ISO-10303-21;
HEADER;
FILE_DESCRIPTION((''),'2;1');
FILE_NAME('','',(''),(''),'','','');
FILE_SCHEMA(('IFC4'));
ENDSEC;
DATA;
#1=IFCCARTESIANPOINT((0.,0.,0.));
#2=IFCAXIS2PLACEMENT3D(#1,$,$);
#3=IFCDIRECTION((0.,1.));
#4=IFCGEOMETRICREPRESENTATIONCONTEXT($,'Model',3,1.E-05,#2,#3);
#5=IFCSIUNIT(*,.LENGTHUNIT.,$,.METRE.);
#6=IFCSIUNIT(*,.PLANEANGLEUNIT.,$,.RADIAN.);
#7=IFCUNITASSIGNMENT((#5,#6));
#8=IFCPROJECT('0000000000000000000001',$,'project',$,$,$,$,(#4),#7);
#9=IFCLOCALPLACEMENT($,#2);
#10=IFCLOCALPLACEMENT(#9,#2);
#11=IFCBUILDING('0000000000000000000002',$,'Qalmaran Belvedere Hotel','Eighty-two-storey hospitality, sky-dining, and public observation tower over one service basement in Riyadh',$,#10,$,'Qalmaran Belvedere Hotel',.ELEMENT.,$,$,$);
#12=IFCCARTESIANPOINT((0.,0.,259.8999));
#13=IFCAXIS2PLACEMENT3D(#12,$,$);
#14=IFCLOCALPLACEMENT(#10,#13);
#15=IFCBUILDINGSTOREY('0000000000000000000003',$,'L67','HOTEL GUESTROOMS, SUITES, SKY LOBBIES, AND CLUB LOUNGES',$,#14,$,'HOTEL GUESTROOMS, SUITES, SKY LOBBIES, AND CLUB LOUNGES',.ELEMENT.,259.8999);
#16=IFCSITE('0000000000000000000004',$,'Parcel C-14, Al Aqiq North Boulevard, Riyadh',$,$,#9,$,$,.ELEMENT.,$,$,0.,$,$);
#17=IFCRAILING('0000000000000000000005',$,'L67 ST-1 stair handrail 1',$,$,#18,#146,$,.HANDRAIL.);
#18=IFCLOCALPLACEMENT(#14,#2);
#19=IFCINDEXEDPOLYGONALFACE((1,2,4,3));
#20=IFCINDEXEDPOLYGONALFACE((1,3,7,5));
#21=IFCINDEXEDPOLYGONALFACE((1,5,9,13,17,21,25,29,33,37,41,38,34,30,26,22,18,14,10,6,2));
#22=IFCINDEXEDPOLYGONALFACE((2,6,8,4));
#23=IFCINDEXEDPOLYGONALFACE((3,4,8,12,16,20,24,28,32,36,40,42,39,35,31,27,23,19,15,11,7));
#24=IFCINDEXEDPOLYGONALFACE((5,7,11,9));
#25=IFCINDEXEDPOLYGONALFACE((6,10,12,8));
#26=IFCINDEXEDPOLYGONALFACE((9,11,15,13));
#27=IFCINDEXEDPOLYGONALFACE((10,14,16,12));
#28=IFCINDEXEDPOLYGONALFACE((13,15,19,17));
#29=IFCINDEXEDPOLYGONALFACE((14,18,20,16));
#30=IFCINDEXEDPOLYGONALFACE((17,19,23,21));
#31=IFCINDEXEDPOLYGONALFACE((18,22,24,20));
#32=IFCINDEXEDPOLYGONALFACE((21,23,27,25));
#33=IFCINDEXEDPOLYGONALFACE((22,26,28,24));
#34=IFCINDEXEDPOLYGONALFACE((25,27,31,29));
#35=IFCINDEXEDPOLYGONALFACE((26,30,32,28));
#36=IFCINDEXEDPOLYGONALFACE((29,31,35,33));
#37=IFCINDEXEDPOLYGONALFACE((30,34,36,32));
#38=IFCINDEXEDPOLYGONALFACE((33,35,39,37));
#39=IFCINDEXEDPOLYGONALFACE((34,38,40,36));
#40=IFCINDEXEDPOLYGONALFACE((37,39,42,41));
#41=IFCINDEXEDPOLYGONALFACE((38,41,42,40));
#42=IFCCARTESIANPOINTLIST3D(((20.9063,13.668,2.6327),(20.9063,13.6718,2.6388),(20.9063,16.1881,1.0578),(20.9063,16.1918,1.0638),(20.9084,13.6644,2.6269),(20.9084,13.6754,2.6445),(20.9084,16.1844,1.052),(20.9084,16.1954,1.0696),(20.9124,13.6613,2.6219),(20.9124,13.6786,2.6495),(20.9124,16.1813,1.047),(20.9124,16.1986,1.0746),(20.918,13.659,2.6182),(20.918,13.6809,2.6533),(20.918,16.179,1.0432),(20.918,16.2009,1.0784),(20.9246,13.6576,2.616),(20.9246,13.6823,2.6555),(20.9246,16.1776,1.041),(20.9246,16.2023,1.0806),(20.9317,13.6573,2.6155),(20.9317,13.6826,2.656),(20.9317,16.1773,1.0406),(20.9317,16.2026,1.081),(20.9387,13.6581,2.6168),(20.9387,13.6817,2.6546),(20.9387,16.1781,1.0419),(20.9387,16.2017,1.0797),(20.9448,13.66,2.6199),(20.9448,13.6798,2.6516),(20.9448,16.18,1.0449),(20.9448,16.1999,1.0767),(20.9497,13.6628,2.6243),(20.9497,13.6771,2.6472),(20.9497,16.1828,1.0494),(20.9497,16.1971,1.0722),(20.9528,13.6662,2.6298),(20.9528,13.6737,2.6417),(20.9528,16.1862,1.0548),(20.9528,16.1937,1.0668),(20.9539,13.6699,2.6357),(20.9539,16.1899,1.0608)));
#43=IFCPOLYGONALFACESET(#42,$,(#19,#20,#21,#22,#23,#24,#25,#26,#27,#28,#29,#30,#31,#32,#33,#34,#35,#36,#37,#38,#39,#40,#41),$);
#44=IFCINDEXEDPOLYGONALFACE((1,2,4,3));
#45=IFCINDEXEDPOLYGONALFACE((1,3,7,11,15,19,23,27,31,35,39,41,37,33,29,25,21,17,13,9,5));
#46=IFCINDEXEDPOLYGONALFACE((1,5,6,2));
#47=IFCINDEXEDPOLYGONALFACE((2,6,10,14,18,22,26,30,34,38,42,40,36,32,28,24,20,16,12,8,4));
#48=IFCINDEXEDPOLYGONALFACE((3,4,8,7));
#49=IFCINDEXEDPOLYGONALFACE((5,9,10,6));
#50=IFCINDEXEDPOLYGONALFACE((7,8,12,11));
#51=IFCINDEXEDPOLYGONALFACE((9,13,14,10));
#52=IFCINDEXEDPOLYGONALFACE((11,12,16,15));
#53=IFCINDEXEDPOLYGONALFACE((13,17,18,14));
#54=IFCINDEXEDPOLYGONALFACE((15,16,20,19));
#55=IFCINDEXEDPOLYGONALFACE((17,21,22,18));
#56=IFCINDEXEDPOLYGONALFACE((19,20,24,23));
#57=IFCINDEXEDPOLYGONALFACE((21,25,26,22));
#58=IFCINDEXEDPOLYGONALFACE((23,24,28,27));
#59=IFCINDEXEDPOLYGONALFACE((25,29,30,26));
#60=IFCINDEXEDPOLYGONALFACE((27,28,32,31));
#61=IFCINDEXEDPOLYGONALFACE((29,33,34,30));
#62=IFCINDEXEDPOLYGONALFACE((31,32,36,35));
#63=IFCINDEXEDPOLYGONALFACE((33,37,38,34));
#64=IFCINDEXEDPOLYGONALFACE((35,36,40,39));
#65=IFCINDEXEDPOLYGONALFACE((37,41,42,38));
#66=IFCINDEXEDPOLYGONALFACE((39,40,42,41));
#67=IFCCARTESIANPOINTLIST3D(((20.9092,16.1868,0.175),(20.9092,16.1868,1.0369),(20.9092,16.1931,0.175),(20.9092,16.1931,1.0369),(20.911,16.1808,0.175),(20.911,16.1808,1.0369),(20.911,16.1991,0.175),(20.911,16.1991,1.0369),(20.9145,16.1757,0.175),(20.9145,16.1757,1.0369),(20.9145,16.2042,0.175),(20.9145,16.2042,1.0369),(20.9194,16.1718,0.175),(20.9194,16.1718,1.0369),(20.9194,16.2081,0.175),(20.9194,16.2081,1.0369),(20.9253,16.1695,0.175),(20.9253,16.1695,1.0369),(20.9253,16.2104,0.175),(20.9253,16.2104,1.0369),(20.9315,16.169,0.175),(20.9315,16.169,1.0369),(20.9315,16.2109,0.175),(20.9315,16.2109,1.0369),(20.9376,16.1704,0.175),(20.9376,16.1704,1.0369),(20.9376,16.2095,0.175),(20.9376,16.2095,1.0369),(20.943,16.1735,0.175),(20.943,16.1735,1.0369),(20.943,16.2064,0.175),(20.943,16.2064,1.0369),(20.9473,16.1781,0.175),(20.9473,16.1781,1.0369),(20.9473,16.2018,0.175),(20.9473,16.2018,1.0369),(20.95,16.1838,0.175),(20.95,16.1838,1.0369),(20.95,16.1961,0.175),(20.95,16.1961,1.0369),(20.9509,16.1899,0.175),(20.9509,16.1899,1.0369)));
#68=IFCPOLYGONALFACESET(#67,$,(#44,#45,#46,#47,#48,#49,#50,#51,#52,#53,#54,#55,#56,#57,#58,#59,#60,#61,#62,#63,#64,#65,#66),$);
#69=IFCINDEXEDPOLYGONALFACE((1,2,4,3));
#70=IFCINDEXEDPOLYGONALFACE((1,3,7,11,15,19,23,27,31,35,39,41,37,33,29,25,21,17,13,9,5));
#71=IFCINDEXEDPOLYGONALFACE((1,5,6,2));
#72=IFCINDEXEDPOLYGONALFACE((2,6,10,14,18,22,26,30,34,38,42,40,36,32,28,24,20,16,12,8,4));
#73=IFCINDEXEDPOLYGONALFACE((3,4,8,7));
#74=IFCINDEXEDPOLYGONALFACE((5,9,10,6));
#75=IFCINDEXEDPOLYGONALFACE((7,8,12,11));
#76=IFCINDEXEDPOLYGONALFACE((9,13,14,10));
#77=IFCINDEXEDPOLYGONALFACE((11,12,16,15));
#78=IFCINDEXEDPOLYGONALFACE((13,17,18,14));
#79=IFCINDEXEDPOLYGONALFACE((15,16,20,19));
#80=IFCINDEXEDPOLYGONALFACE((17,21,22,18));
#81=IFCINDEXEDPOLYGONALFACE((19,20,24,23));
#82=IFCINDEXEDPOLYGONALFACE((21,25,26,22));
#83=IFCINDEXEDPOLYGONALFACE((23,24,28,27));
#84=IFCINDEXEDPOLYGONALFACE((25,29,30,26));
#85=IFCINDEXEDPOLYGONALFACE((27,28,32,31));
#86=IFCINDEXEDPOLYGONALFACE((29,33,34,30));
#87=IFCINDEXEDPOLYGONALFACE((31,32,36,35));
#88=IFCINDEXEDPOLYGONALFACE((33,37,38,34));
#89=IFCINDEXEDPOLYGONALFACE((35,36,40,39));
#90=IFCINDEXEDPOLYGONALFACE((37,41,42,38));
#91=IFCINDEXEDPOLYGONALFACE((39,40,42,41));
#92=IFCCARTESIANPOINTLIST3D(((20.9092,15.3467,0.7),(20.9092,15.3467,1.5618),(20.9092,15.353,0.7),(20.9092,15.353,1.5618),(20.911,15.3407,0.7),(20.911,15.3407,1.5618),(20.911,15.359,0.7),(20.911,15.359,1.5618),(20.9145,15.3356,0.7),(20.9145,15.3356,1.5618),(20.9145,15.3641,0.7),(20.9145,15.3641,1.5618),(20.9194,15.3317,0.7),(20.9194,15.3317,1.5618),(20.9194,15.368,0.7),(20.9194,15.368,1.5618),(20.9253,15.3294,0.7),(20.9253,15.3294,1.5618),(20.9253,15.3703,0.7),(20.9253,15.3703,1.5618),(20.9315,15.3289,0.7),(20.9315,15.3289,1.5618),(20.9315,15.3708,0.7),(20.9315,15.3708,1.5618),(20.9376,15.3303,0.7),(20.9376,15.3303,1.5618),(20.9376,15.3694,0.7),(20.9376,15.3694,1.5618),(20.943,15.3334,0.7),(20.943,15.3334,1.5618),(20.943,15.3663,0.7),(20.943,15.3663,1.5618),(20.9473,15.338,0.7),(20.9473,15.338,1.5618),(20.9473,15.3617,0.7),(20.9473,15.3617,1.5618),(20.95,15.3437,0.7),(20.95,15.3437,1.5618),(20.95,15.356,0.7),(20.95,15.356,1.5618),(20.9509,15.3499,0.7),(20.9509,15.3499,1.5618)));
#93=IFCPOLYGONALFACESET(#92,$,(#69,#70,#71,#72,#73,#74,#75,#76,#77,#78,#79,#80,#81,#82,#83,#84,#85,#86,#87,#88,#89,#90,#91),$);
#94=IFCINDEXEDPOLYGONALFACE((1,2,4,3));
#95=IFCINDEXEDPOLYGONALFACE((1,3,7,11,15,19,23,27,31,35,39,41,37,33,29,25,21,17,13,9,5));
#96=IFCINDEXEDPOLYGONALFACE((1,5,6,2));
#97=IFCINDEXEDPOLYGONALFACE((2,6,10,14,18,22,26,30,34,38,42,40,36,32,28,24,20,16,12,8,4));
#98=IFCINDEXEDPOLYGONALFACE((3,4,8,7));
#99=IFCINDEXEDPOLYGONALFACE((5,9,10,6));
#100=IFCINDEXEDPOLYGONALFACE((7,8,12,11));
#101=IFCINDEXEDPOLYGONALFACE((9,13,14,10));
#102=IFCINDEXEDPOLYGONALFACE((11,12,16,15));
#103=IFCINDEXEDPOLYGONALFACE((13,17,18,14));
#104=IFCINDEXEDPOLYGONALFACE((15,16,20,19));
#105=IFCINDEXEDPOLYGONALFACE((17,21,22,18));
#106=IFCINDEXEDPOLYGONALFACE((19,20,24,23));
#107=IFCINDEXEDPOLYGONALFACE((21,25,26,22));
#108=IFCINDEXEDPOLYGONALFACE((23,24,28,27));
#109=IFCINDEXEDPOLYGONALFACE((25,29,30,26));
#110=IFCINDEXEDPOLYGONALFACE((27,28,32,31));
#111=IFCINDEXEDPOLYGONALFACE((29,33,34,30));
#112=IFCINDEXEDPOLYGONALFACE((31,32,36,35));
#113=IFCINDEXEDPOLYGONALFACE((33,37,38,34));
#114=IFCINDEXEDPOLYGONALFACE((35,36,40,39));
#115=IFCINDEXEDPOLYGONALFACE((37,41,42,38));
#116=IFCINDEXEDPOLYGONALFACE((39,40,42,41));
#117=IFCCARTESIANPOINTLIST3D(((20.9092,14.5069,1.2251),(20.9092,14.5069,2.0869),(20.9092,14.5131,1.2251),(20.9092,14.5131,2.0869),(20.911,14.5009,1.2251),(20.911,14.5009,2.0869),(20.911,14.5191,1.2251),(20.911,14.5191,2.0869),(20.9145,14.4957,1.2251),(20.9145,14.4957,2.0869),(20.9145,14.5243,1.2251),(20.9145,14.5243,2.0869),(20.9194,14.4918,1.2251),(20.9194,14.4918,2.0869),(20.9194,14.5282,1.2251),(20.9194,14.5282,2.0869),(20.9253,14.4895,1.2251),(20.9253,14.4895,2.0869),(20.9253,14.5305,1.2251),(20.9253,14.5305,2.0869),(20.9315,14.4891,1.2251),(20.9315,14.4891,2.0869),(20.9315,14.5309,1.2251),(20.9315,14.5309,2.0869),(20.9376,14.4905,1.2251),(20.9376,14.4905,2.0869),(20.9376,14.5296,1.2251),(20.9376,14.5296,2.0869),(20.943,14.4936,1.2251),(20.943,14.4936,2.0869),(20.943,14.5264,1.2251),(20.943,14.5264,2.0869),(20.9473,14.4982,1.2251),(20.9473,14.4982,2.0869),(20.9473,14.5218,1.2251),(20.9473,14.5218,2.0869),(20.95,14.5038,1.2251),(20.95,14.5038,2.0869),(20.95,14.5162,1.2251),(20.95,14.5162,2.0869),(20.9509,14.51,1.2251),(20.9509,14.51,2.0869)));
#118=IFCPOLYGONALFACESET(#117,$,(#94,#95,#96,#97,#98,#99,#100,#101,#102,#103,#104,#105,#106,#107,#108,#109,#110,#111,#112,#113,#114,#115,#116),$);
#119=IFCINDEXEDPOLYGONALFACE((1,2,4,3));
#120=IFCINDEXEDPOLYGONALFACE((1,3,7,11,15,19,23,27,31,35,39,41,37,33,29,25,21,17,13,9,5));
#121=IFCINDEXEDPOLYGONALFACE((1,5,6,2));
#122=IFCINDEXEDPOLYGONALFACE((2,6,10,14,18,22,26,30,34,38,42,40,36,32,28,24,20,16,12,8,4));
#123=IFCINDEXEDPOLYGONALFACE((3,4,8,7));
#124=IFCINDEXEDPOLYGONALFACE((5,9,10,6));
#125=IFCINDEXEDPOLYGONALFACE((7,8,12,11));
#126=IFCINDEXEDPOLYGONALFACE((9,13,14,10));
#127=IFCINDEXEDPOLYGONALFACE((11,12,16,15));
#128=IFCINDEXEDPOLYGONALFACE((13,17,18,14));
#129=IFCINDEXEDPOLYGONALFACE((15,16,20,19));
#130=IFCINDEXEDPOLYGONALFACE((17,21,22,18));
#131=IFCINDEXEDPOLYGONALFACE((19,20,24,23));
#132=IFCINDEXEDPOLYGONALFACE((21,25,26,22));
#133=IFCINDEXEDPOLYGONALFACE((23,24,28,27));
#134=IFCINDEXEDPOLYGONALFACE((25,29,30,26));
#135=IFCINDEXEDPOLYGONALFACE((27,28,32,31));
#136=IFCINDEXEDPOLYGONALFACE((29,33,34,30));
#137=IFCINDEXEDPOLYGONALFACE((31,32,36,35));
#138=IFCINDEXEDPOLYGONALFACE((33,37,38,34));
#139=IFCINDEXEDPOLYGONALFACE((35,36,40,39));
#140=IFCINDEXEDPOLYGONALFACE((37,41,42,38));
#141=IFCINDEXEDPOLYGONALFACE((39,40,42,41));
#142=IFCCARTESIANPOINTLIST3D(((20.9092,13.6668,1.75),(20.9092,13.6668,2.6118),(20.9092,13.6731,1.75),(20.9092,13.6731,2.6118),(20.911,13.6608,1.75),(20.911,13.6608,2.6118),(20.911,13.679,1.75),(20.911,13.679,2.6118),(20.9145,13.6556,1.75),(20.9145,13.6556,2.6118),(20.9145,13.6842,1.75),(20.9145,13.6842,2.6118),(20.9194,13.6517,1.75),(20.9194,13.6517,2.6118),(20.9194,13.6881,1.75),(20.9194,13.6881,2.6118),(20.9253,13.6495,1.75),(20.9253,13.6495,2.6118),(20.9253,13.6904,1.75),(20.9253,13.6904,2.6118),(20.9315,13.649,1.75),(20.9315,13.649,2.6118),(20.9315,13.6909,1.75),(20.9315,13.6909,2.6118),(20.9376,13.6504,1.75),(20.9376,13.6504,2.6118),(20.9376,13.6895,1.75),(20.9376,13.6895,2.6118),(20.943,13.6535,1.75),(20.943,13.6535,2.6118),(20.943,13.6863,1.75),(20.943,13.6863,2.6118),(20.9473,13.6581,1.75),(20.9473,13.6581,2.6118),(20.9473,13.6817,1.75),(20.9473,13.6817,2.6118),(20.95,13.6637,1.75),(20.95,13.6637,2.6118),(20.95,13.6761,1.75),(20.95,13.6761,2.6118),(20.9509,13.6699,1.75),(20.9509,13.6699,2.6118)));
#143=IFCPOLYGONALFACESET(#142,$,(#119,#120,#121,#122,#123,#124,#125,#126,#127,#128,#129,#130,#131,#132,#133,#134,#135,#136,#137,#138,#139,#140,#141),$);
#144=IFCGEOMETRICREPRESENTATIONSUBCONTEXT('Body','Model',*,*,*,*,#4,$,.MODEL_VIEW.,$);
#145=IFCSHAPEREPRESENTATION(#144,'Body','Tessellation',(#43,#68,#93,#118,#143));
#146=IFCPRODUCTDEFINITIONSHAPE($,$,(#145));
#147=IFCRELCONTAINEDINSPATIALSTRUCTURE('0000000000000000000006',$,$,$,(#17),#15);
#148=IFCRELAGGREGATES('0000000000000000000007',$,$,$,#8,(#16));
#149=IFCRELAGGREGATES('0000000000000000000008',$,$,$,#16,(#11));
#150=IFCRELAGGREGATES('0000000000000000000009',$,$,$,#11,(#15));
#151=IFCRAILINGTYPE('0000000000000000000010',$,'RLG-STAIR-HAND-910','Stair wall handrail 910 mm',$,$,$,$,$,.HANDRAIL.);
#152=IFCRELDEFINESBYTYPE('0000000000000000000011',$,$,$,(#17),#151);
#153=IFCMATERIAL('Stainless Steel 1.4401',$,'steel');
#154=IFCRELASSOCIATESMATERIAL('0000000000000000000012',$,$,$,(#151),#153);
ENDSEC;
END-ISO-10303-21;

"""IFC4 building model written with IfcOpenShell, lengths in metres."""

from ifc_helpers import new_model, si_unit, direction, frame, origin, origin_2d, place, context, subcontext, project, spatial, circle, extrude, material, type_object, element, save


model = new_model("IFC4")

# Units and contexts
model_context = context("Model", 3, precision=1e-05, world=origin(), true_north=direction((0.0, 1.0)))
body_context = subcontext(model_context, "Body", "Model", "MODEL_VIEW")
ifc_project = project(units=[si_unit("LENGTHUNIT", "METRE"), si_unit("PLANEANGLEUNIT", "RADIAN")], contexts=[model_context])

# Site, building, storey
site_placement = place(None, origin())
site = spatial("IfcSite", under=ifc_project, at=site_placement, Name="Parcel C-14, Al Aqiq North Boulevard, Riyadh", CompositionType="ELEMENT", RefElevation=0.0)
building_placement = place(site_placement, origin())
building = spatial("IfcBuilding", under=site, at=building_placement, Name="Qalmaran Belvedere Hotel", Description="Eighty-two-storey hospitality, sky-dining, and public observation tower over one service basement in Riyadh", LongName="Qalmaran Belvedere Hotel", CompositionType="ELEMENT")
storey_placement = place(building_placement, frame((0.0, 0.0, 259.8999)))
storey = spatial("IfcBuildingStorey", under=building, at=storey_placement, Name="L67", Description="HOTEL GUESTROOMS, SUITES, SKY LOBBIES, AND CLUB LOUNGES", LongName="HOTEL GUESTROOMS, SUITES, SKY LOBBIES, AND CLUB LOUNGES", CompositionType="ELEMENT", Elevation=259.8999)

# Shared definitions
ifc_material_1 = material(Name="Stainless Steel 1.4401", Category="steel")

# Railing
railing_type_1 = type_object("IfcRailingType", Name="RLG-STAIR-HAND-910", Description="Stair wall handrail 910 mm", PredefinedType="HANDRAIL", material=ifc_material_1)
railing_1_placement = place(storey_placement, frame((20.9299, 16.1899, 0.175)))
element("IfcRailing", 1, at=railing_1_placement, inside=storey, type_object=railing_type_1, Name="L67 ST-1 stair handrail 1", PredefinedType="HANDRAIL", context=body_context, shape_type="SweptSolid", body=[
    extrude(circle(Radius=0.0239, at=origin_2d()), frame((0.0, 0.0, 0.8857), z_axis=(0.0, -0.848008, 0.529984), x_axis=(1.0, 0.0, 0.0)), (0.0, 0.0, 1.0), 2.9717),
    extrude(circle(Radius=0.021, at=origin_2d()), origin(), (0.0, 0.0, 1.0), 0.8618),
    extrude(circle(Radius=0.021, at=origin_2d()), frame((0.0, -0.8401, 0.5249)), (0.0, 0.0, 1.0), 0.8618),
    extrude(circle(Radius=0.021, at=origin_2d()), frame((0.0, -1.6799, 1.05)), (0.0, 0.0, 1.0), 0.8618),
    extrude(circle(Radius=0.021, at=origin_2d()), frame((0.0, -2.52, 1.575)), (0.0, 0.0, 1.0), 0.8618),
])

save(model, "model.ifc")
